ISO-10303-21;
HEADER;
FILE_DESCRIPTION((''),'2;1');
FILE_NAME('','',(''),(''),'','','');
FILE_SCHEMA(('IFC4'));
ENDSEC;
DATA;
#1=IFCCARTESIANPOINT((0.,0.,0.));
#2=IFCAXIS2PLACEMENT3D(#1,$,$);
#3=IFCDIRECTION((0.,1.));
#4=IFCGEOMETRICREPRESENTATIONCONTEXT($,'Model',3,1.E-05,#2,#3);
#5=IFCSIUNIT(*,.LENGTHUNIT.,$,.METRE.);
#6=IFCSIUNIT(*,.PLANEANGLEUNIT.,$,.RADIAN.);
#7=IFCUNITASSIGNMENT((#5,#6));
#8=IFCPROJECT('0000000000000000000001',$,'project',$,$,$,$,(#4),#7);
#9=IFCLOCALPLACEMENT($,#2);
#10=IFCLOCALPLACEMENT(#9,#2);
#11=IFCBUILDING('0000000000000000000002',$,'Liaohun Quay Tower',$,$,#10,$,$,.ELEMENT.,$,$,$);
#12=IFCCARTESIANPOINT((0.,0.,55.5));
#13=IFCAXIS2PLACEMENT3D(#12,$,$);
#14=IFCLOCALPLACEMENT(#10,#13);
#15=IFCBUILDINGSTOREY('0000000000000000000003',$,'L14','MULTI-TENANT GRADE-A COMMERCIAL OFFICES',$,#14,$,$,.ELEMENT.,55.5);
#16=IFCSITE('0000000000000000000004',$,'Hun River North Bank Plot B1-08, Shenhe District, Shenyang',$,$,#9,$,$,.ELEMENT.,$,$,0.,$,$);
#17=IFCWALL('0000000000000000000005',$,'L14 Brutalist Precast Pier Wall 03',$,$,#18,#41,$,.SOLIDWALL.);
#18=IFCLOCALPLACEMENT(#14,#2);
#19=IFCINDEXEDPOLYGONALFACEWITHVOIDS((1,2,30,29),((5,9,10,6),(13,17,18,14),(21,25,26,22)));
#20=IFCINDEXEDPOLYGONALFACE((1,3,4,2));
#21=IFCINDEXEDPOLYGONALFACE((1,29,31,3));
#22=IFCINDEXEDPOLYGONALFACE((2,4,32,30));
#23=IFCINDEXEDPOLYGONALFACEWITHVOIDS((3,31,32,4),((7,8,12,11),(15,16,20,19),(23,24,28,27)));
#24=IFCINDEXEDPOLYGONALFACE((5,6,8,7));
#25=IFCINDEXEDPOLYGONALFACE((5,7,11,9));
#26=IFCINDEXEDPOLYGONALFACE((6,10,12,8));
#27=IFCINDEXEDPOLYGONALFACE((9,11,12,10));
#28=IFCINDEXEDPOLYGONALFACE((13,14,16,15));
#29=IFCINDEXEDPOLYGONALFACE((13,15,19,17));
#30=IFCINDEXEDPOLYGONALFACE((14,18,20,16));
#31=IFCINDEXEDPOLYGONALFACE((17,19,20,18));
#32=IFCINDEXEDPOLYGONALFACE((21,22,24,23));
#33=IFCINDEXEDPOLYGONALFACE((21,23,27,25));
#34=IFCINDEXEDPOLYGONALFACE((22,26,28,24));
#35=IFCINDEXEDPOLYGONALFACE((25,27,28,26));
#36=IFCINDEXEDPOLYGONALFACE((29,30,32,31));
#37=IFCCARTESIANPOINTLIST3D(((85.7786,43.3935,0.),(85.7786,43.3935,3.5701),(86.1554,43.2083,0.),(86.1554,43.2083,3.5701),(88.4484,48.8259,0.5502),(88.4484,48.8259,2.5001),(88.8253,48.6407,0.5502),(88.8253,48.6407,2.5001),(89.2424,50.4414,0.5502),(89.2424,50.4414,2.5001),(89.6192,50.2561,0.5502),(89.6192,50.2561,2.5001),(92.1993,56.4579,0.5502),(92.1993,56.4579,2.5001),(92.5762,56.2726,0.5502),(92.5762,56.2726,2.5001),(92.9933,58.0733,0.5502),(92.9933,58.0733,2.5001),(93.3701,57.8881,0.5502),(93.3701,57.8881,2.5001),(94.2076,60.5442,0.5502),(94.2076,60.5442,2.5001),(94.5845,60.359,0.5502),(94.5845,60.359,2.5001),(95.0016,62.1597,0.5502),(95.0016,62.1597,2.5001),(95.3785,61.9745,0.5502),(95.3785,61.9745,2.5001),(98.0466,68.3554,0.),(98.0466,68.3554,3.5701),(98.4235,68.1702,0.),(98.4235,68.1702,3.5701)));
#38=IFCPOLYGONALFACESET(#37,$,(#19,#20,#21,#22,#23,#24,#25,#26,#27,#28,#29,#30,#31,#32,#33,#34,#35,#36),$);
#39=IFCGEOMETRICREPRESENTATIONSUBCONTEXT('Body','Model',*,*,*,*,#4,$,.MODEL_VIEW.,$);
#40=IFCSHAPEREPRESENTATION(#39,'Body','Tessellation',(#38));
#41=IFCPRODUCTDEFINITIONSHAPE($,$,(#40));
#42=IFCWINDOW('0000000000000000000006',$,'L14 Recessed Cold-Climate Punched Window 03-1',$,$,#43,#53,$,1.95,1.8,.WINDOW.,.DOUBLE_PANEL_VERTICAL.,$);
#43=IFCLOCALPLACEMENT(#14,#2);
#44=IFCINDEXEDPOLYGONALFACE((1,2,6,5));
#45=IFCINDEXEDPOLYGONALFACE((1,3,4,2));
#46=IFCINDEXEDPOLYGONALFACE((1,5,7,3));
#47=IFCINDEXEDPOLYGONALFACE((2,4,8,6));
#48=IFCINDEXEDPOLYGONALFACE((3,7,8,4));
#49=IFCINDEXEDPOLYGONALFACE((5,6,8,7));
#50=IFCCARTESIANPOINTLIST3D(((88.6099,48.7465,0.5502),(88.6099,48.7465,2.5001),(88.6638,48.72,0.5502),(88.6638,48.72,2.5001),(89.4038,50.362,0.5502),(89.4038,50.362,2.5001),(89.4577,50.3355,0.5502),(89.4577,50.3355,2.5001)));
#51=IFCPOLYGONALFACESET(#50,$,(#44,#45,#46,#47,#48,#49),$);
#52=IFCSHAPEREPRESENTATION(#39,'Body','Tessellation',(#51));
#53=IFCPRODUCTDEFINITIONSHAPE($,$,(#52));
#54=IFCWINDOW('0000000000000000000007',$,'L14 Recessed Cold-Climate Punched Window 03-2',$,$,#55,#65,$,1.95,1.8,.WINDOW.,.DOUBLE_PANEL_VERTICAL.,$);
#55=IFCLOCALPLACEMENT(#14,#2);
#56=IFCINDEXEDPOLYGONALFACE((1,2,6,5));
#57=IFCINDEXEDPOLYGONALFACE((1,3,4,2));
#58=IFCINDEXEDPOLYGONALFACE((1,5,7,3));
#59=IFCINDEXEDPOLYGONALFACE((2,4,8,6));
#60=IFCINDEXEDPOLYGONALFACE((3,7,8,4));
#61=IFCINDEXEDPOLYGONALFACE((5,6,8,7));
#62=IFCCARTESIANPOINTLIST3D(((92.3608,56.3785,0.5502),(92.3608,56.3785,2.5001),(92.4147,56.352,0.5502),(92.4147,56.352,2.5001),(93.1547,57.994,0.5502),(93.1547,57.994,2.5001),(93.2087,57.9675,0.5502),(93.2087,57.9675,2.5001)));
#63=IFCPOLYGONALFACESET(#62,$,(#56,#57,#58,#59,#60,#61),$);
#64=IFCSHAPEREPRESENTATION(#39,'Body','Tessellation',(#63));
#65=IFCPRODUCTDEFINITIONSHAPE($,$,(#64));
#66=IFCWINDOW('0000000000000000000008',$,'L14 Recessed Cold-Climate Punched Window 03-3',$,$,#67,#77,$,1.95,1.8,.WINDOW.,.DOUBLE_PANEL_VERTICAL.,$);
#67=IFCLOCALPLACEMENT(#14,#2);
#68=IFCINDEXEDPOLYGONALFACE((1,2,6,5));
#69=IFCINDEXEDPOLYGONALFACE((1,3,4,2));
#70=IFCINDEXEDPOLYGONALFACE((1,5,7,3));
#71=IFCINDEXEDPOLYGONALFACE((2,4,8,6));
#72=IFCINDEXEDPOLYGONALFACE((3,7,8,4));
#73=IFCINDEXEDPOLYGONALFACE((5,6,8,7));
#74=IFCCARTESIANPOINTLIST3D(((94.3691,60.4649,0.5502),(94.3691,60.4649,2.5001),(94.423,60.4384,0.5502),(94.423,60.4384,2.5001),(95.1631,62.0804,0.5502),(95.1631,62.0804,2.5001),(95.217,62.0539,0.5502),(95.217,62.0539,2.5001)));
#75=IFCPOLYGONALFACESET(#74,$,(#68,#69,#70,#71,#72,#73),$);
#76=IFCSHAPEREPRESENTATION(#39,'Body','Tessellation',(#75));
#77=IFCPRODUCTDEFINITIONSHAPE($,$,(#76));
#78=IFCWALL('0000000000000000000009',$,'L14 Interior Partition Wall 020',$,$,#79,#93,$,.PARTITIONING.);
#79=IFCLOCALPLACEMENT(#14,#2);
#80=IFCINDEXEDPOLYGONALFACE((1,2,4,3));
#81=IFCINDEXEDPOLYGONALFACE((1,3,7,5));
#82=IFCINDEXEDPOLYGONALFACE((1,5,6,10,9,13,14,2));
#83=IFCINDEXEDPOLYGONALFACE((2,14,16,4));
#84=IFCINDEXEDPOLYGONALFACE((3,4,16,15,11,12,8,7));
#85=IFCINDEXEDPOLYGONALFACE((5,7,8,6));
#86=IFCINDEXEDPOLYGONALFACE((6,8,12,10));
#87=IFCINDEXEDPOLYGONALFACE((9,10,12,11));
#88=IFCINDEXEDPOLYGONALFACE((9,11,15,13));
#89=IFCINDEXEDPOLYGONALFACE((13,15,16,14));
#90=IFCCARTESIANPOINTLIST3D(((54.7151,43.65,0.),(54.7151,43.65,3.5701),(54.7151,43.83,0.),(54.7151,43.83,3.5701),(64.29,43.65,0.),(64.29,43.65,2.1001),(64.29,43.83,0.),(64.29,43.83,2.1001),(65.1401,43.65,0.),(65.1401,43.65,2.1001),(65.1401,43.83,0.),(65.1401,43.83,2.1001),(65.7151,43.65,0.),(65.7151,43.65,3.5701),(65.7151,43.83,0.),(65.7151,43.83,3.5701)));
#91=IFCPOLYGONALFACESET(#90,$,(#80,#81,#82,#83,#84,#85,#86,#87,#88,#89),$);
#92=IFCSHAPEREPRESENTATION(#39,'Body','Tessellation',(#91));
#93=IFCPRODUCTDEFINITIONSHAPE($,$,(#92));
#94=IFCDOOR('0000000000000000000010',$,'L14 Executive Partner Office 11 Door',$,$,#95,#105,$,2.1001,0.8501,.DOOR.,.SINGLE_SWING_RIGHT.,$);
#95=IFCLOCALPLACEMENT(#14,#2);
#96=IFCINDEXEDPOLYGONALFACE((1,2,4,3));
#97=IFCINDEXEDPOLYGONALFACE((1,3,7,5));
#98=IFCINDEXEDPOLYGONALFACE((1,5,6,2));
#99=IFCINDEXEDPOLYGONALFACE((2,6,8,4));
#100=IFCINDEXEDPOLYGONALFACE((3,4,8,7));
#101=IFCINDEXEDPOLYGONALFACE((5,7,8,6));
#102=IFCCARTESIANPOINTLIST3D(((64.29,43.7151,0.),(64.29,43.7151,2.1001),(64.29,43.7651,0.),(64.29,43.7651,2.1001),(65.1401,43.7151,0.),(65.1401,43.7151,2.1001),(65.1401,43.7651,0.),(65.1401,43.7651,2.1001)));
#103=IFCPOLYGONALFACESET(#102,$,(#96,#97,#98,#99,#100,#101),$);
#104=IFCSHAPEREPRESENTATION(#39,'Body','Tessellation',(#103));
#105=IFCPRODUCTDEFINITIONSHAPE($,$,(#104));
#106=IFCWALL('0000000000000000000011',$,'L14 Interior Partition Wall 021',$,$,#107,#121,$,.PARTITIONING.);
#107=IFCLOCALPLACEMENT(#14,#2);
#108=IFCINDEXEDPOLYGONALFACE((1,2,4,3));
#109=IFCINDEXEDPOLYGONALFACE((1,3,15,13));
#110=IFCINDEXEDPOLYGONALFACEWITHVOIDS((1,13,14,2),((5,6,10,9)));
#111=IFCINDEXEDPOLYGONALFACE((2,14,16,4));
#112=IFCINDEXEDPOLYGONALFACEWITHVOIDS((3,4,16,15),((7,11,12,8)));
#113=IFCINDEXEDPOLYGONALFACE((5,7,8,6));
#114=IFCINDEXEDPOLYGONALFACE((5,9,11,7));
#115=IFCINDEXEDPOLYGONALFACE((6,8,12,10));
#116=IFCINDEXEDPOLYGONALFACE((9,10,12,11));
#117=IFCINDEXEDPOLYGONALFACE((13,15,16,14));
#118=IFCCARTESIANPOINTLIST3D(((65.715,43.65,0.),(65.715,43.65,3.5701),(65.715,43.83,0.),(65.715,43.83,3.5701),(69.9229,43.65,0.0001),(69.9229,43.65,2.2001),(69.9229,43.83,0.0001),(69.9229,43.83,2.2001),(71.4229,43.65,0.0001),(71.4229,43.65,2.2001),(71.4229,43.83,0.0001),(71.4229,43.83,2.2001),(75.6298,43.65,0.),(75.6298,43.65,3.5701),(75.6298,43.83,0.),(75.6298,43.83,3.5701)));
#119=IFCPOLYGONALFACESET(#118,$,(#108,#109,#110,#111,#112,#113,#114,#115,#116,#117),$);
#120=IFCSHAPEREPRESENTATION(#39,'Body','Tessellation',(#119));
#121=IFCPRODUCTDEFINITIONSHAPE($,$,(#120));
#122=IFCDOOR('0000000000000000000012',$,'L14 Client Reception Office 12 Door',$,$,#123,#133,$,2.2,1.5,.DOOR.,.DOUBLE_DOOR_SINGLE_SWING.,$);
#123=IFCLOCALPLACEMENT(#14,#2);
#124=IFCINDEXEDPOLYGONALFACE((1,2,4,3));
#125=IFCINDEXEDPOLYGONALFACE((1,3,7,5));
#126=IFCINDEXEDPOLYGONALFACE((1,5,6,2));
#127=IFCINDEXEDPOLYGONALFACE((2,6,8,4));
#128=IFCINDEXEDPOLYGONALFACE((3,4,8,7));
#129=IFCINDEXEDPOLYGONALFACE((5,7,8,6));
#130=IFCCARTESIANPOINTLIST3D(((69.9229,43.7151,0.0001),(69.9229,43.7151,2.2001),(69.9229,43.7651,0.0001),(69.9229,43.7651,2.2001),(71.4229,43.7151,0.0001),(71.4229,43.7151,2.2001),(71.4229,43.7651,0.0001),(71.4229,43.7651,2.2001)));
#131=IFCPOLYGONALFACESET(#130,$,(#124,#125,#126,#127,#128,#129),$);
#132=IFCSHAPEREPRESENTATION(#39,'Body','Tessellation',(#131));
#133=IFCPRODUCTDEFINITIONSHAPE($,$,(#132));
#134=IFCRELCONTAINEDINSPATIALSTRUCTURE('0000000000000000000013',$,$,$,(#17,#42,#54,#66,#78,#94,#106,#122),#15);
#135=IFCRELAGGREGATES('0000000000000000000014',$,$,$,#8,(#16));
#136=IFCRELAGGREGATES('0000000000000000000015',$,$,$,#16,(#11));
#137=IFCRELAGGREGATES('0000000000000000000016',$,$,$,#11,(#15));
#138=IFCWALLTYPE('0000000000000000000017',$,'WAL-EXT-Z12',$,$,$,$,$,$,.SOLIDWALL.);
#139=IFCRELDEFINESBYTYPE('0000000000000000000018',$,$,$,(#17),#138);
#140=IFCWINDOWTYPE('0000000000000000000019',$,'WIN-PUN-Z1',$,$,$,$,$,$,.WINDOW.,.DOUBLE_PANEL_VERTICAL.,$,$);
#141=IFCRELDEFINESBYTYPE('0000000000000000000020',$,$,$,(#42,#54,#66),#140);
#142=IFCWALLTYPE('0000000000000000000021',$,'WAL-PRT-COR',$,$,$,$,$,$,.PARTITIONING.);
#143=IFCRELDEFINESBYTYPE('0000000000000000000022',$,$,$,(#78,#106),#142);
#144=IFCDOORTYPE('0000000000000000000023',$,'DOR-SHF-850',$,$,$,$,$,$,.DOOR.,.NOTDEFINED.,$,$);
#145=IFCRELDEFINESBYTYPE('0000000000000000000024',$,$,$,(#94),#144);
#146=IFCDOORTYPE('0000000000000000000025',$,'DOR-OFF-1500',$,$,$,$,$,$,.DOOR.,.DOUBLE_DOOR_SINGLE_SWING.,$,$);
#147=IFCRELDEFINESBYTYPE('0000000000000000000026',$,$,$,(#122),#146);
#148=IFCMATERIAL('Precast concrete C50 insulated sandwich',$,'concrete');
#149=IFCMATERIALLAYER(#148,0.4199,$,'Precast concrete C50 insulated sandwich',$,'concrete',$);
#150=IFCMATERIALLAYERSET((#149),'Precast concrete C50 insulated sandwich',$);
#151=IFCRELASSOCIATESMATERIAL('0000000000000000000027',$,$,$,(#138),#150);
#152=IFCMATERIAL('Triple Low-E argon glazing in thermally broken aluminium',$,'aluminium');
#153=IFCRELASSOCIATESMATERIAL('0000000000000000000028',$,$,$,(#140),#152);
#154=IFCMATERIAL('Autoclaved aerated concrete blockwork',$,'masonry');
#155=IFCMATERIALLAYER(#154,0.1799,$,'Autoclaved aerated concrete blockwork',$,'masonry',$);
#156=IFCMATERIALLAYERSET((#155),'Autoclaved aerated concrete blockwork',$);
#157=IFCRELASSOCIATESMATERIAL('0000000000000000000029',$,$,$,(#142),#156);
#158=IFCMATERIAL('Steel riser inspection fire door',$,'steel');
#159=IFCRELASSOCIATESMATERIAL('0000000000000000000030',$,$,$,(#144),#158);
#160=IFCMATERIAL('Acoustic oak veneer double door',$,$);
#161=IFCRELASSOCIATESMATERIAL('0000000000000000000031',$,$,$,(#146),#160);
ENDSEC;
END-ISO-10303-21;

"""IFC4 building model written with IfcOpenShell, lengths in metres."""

from ifc_helpers import new_model, si_unit, direction, frame, frame_2d, origin, place, context, subcontext, project, spatial, rectangle, extrude, source, transform, mapped, material, layer, layer_set, type_object, element, fill, save


model = new_model("IFC4")

# Units and contexts
model_context = context("Model", 3, precision=1e-05, world=origin(), true_north=direction((0.0, 1.0)))
body_context = subcontext(model_context, "Body", "Model", "MODEL_VIEW")
ifc_project = project(units=[si_unit("LENGTHUNIT", "METRE"), si_unit("PLANEANGLEUNIT", "RADIAN")], contexts=[model_context])

# Site, building, storey
site_placement = place(None, origin())
site = spatial("IfcSite", under=ifc_project, at=site_placement, Name="Hun River North Bank Plot B1-08, Shenhe District, Shenyang", CompositionType="ELEMENT", RefElevation=0.0)
building_placement = place(site_placement, origin())
building = spatial("IfcBuilding", under=site, at=building_placement, Name="Liaohun Quay Tower", CompositionType="ELEMENT")
storey_placement = place(building_placement, frame((0.0, 0.0, 55.5)))
storey = spatial("IfcBuildingStorey", under=building, at=storey_placement, Name="L14", Description="MULTI-TENANT GRADE-A COMMERCIAL OFFICES", CompositionType="ELEMENT", Elevation=55.5)

# Shared definitions
ifc_material_1 = material(Name="Precast concrete C50 insulated sandwich", Category="concrete")
ifc_layer_1 = layer(ifc_material_1, 0.4199, Name="Precast concrete C50 insulated sandwich", Category="concrete")
ifc_layer_set_1 = layer_set([ifc_layer_1], Name="Precast concrete C50 insulated sandwich")
wall_type_1 = type_object("IfcWallType", Name="WAL-EXT-Z12", PredefinedType="SOLIDWALL", material=ifc_layer_set_1)

# Wall, openings, windows
shared_shape_1 = source(origin(), body_context, "Body", "SweptSolid", [
    extrude(rectangle(XDim=1.8, YDim=1.95, at=frame_2d((0.8999, 0.9751))), frame((0.0, 0.22, 0.0), z_axis=(0.0, -1.0, 0.0), x_axis=(1.0, 0.0, 0.0)), (0.0, 0.0, 1.0), 0.4399),
])
ifc_material_2 = material(Name="Triple Low-E argon glazing in thermally broken aluminium", Category="aluminium")
window_type_1 = type_object("IfcWindowType", Name="WIN-PUN-Z1", PartitioningType="DOUBLE_PANEL_VERTICAL", PredefinedType="WINDOW", material=ifc_material_2)
shared_shape_2 = source(origin(), body_context, "Body", "SweptSolid", [
    extrude(rectangle(XDim=1.8, YDim=1.95, at=frame_2d((0.8999, 0.9751))), frame((0.0, 0.03, 0.0), z_axis=(0.0, -1.0, 0.0), x_axis=(1.0, 0.0, 0.0)), (0.0, 0.0, 1.0), 0.0601),
])
wall_1_placement = place(storey_placement, frame((85.967, 43.301, 0.0), z_axis=(0.0, 0.0, 1.0), x_axis=(0.44108, 0.897468, 0.0)))
wall_1 = element("IfcWall", 1, at=wall_1_placement, inside=storey, type_object=wall_type_1, Name="L14 Brutalist Precast Pier Wall 03", PredefinedType="SOLIDWALL", context=body_context, shape_type="SweptSolid", body=[
    extrude(rectangle(XDim=27.8137, YDim=0.4199, at=frame_2d((13.9067, 0.0))), origin(), (0.0, 0.0, 1.0), 3.5701),
])
opening_1_placement = place(wall_1_placement, frame((6.053, 0.0, 0.55)))
opening_1 = element("IfcOpeningElement", 2, at=opening_1_placement, cuts=wall_1, PredefinedType="OPENING", context=body_context, shape_type="MappedRepresentation", body=[
    mapped(shared_shape_1, transform((0.0, 0.0, 0.0), x_axis=(1.0, 0.0, 0.0), y_axis=(0.0, 1.0, 0.0), z_axis=(0.0, 0.0, 1.0), scale=1.0)),
])
opening_2_placement = place(wall_1_placement, frame((14.5569, 0.0, 0.55)))
opening_2 = element("IfcOpeningElement", 3, at=opening_2_placement, cuts=wall_1, PredefinedType="OPENING", context=body_context, shape_type="MappedRepresentation", body=[
    mapped(shared_shape_1, transform((0.0, 0.0, 0.0), x_axis=(1.0, 0.0, 0.0), y_axis=(0.0, 1.0, 0.0), z_axis=(0.0, 0.0, 1.0), scale=1.0)),
])
opening_3_placement = place(wall_1_placement, frame((19.1101, 0.0, 0.55)))
opening_3 = element("IfcOpeningElement", 4, at=opening_3_placement, cuts=wall_1, PredefinedType="OPENING", context=body_context, shape_type="MappedRepresentation", body=[
    mapped(shared_shape_1, transform((0.0, 0.0, 0.0), x_axis=(1.0, 0.0, 0.0), y_axis=(0.0, 1.0, 0.0), z_axis=(0.0, 0.0, 1.0), scale=1.0)),
])
window_1_placement = place(opening_1_placement, origin())
window_1 = element("IfcWindow", 5, at=window_1_placement, inside=storey, type_object=window_type_1, Name="L14 Recessed Cold-Climate Punched Window 03-1", OverallHeight=1.95, OverallWidth=1.8, PartitioningType="DOUBLE_PANEL_VERTICAL", PredefinedType="WINDOW", context=body_context, shape_type="MappedRepresentation", body=[
    mapped(shared_shape_2, transform((0.0, 0.0, 0.0), x_axis=(1.0, 0.0, 0.0), y_axis=(0.0, 1.0, 0.0), z_axis=(0.0, 0.0, 1.0), scale=1.0)),
])
fill(opening_1, window_1)
window_2_placement = place(opening_2_placement, origin())
window_2 = element("IfcWindow", 6, at=window_2_placement, inside=storey, type_object=window_type_1, Name="L14 Recessed Cold-Climate Punched Window 03-2", OverallHeight=1.95, OverallWidth=1.8, PartitioningType="DOUBLE_PANEL_VERTICAL", PredefinedType="WINDOW", context=body_context, shape_type="MappedRepresentation", body=[
    mapped(shared_shape_2, transform((0.0, 0.0, 0.0), x_axis=(1.0, 0.0, 0.0), y_axis=(0.0, 1.0, 0.0), z_axis=(0.0, 0.0, 1.0), scale=1.0)),
])
fill(opening_2, window_2)
window_3_placement = place(opening_3_placement, origin())
window_3 = element("IfcWindow", 7, at=window_3_placement, inside=storey, type_object=window_type_1, Name="L14 Recessed Cold-Climate Punched Window 03-3", OverallHeight=1.95, OverallWidth=1.8, PartitioningType="DOUBLE_PANEL_VERTICAL", PredefinedType="WINDOW", context=body_context, shape_type="MappedRepresentation", body=[
    mapped(shared_shape_2, transform((0.0, 0.0, 0.0), x_axis=(1.0, 0.0, 0.0), y_axis=(0.0, 1.0, 0.0), z_axis=(0.0, 0.0, 1.0), scale=1.0)),
])
fill(opening_3, window_3)

# Walls, openings, doors
ifc_material_3 = material(Name="Autoclaved aerated concrete blockwork", Category="masonry")
ifc_layer_2 = layer(ifc_material_3, 0.1799, Name="Autoclaved aerated concrete blockwork", Category="masonry")
ifc_layer_set_2 = layer_set([ifc_layer_2], Name="Autoclaved aerated concrete blockwork")
wall_type_2 = type_object("IfcWallType", Name="WAL-PRT-COR", PredefinedType="PARTITIONING", material=ifc_layer_set_2)
wall_2_placement = place(storey_placement, frame((65.7151, 43.74, 0.0), z_axis=(0.0, 0.0, 1.0), x_axis=(-1.0, 0.0, 0.0)))
wall_2 = element("IfcWall", 8, at=wall_2_placement, inside=storey, type_object=wall_type_2, Name="L14 Interior Partition Wall 020", PredefinedType="PARTITIONING", context=body_context, shape_type="SweptSolid", body=[
    extrude(rectangle(XDim=11.0, YDim=0.1799, at=frame_2d((5.5, 0.0))), origin(), (0.0, 0.0, 1.0), 3.5701),
])
shared_shape_3 = source(origin(), body_context, "Body", "SweptSolid", [
    extrude(rectangle(XDim=0.8501, YDim=2.1001, at=frame_2d((0.425, 1.05))), frame((0.0, 0.0999, 0.0), z_axis=(0.0, -1.0, 0.0), x_axis=(1.0, 0.0, 0.0)), (0.0, 0.0, 1.0), 0.2),
])
opening_4_placement = place(wall_2_placement, frame((0.575, 0.0, 0.0)))
opening_4 = element("IfcOpeningElement", 9, at=opening_4_placement, cuts=wall_2, PredefinedType="OPENING", context=body_context, shape_type="MappedRepresentation", body=[
    mapped(shared_shape_3, transform((0.0, 0.0, 0.0), x_axis=(1.0, 0.0, 0.0), y_axis=(0.0, 1.0, 0.0), z_axis=(0.0, 0.0, 1.0), scale=1.0)),
])
ifc_material_4 = material(Name="Steel riser inspection fire door", Category="steel")
door_type_1 = type_object("IfcDoorType", Name="DOR-SHF-850", OperationType="NOTDEFINED", PredefinedType="DOOR", material=ifc_material_4)
shared_shape_4 = source(origin(), body_context, "Body", "SweptSolid", [
    extrude(rectangle(XDim=0.8501, YDim=2.1001, at=frame_2d((0.425, 1.05))), frame((0.0, 0.0249, 0.0), z_axis=(0.0, -1.0, 0.0), x_axis=(1.0, 0.0, 0.0)), (0.0, 0.0, 1.0), 0.05),
])
door_1_placement = place(opening_4_placement, origin())
door_1 = element("IfcDoor", 10, at=door_1_placement, inside=storey, type_object=door_type_1, Name="L14 Executive Partner Office 11 Door", OperationType="SINGLE_SWING_RIGHT", OverallHeight=2.1001, OverallWidth=0.8501, PredefinedType="DOOR", context=body_context, shape_type="MappedRepresentation", body=[
    mapped(shared_shape_4, transform((0.0, 0.0, 0.0), x_axis=(1.0, 0.0, 0.0), y_axis=(0.0, 1.0, 0.0), z_axis=(0.0, 0.0, 1.0), scale=1.0)),
])
fill(opening_4, door_1)
wall_3_placement = place(storey_placement, frame((75.6299, 43.74, 0.0), z_axis=(0.0, 0.0, 1.0), x_axis=(-1.0, 0.0, 0.0)))
wall_3 = element("IfcWall", 11, at=wall_3_placement, inside=storey, type_object=wall_type_2, Name="L14 Interior Partition Wall 021", PredefinedType="PARTITIONING", context=body_context, shape_type="SweptSolid", body=[
    extrude(rectangle(XDim=9.9148, YDim=0.1799, at=frame_2d((4.9575, 0.0))), origin(), (0.0, 0.0, 1.0), 3.5701),
])
shared_shape_5 = source(origin(), body_context, "Body", "SweptSolid", [
    extrude(rectangle(XDim=1.5, YDim=2.2, at=frame_2d((0.75, 1.1001))), frame((0.0, 0.0999, 0.0), z_axis=(0.0, -1.0, 0.0), x_axis=(1.0, 0.0, 0.0)), (0.0, 0.0, 1.0), 0.2),
])
opening_5_placement = place(wall_3_placement, frame((4.207, 0.0, 0.0)))
opening_5 = element("IfcOpeningElement", 12, at=opening_5_placement, cuts=wall_3, PredefinedType="OPENING", context=body_context, shape_type="MappedRepresentation", body=[
    mapped(shared_shape_5, transform((0.0, 0.0, 0.0), x_axis=(1.0, 0.0, 0.0), y_axis=(0.0, 1.0, 0.0), z_axis=(0.0, 0.0, 1.0), scale=1.0)),
])
ifc_material_5 = material(Name="Acoustic oak veneer double door")
door_type_2 = type_object("IfcDoorType", Name="DOR-OFF-1500", OperationType="DOUBLE_DOOR_SINGLE_SWING", PredefinedType="DOOR", material=ifc_material_5)
shared_shape_6 = source(origin(), body_context, "Body", "SweptSolid", [
    extrude(rectangle(XDim=1.5, YDim=2.2, at=frame_2d((0.75, 1.1001))), frame((0.0, 0.0249, 0.0), z_axis=(0.0, -1.0, 0.0), x_axis=(1.0, 0.0, 0.0)), (0.0, 0.0, 1.0), 0.05),
])
door_2_placement = place(opening_5_placement, origin())
door_2 = element("IfcDoor", 13, at=door_2_placement, inside=storey, type_object=door_type_2, Name="L14 Client Reception Office 12 Door", OperationType="DOUBLE_DOOR_SINGLE_SWING", OverallHeight=2.2, OverallWidth=1.5, PredefinedType="DOOR", context=body_context, shape_type="MappedRepresentation", body=[
    mapped(shared_shape_6, transform((0.0, 0.0, 0.0), x_axis=(1.0, 0.0, 0.0), y_axis=(0.0, 1.0, 0.0), z_axis=(0.0, 0.0, 1.0), scale=1.0)),
])
fill(opening_5, door_2)

save(model, "model.ifc")
